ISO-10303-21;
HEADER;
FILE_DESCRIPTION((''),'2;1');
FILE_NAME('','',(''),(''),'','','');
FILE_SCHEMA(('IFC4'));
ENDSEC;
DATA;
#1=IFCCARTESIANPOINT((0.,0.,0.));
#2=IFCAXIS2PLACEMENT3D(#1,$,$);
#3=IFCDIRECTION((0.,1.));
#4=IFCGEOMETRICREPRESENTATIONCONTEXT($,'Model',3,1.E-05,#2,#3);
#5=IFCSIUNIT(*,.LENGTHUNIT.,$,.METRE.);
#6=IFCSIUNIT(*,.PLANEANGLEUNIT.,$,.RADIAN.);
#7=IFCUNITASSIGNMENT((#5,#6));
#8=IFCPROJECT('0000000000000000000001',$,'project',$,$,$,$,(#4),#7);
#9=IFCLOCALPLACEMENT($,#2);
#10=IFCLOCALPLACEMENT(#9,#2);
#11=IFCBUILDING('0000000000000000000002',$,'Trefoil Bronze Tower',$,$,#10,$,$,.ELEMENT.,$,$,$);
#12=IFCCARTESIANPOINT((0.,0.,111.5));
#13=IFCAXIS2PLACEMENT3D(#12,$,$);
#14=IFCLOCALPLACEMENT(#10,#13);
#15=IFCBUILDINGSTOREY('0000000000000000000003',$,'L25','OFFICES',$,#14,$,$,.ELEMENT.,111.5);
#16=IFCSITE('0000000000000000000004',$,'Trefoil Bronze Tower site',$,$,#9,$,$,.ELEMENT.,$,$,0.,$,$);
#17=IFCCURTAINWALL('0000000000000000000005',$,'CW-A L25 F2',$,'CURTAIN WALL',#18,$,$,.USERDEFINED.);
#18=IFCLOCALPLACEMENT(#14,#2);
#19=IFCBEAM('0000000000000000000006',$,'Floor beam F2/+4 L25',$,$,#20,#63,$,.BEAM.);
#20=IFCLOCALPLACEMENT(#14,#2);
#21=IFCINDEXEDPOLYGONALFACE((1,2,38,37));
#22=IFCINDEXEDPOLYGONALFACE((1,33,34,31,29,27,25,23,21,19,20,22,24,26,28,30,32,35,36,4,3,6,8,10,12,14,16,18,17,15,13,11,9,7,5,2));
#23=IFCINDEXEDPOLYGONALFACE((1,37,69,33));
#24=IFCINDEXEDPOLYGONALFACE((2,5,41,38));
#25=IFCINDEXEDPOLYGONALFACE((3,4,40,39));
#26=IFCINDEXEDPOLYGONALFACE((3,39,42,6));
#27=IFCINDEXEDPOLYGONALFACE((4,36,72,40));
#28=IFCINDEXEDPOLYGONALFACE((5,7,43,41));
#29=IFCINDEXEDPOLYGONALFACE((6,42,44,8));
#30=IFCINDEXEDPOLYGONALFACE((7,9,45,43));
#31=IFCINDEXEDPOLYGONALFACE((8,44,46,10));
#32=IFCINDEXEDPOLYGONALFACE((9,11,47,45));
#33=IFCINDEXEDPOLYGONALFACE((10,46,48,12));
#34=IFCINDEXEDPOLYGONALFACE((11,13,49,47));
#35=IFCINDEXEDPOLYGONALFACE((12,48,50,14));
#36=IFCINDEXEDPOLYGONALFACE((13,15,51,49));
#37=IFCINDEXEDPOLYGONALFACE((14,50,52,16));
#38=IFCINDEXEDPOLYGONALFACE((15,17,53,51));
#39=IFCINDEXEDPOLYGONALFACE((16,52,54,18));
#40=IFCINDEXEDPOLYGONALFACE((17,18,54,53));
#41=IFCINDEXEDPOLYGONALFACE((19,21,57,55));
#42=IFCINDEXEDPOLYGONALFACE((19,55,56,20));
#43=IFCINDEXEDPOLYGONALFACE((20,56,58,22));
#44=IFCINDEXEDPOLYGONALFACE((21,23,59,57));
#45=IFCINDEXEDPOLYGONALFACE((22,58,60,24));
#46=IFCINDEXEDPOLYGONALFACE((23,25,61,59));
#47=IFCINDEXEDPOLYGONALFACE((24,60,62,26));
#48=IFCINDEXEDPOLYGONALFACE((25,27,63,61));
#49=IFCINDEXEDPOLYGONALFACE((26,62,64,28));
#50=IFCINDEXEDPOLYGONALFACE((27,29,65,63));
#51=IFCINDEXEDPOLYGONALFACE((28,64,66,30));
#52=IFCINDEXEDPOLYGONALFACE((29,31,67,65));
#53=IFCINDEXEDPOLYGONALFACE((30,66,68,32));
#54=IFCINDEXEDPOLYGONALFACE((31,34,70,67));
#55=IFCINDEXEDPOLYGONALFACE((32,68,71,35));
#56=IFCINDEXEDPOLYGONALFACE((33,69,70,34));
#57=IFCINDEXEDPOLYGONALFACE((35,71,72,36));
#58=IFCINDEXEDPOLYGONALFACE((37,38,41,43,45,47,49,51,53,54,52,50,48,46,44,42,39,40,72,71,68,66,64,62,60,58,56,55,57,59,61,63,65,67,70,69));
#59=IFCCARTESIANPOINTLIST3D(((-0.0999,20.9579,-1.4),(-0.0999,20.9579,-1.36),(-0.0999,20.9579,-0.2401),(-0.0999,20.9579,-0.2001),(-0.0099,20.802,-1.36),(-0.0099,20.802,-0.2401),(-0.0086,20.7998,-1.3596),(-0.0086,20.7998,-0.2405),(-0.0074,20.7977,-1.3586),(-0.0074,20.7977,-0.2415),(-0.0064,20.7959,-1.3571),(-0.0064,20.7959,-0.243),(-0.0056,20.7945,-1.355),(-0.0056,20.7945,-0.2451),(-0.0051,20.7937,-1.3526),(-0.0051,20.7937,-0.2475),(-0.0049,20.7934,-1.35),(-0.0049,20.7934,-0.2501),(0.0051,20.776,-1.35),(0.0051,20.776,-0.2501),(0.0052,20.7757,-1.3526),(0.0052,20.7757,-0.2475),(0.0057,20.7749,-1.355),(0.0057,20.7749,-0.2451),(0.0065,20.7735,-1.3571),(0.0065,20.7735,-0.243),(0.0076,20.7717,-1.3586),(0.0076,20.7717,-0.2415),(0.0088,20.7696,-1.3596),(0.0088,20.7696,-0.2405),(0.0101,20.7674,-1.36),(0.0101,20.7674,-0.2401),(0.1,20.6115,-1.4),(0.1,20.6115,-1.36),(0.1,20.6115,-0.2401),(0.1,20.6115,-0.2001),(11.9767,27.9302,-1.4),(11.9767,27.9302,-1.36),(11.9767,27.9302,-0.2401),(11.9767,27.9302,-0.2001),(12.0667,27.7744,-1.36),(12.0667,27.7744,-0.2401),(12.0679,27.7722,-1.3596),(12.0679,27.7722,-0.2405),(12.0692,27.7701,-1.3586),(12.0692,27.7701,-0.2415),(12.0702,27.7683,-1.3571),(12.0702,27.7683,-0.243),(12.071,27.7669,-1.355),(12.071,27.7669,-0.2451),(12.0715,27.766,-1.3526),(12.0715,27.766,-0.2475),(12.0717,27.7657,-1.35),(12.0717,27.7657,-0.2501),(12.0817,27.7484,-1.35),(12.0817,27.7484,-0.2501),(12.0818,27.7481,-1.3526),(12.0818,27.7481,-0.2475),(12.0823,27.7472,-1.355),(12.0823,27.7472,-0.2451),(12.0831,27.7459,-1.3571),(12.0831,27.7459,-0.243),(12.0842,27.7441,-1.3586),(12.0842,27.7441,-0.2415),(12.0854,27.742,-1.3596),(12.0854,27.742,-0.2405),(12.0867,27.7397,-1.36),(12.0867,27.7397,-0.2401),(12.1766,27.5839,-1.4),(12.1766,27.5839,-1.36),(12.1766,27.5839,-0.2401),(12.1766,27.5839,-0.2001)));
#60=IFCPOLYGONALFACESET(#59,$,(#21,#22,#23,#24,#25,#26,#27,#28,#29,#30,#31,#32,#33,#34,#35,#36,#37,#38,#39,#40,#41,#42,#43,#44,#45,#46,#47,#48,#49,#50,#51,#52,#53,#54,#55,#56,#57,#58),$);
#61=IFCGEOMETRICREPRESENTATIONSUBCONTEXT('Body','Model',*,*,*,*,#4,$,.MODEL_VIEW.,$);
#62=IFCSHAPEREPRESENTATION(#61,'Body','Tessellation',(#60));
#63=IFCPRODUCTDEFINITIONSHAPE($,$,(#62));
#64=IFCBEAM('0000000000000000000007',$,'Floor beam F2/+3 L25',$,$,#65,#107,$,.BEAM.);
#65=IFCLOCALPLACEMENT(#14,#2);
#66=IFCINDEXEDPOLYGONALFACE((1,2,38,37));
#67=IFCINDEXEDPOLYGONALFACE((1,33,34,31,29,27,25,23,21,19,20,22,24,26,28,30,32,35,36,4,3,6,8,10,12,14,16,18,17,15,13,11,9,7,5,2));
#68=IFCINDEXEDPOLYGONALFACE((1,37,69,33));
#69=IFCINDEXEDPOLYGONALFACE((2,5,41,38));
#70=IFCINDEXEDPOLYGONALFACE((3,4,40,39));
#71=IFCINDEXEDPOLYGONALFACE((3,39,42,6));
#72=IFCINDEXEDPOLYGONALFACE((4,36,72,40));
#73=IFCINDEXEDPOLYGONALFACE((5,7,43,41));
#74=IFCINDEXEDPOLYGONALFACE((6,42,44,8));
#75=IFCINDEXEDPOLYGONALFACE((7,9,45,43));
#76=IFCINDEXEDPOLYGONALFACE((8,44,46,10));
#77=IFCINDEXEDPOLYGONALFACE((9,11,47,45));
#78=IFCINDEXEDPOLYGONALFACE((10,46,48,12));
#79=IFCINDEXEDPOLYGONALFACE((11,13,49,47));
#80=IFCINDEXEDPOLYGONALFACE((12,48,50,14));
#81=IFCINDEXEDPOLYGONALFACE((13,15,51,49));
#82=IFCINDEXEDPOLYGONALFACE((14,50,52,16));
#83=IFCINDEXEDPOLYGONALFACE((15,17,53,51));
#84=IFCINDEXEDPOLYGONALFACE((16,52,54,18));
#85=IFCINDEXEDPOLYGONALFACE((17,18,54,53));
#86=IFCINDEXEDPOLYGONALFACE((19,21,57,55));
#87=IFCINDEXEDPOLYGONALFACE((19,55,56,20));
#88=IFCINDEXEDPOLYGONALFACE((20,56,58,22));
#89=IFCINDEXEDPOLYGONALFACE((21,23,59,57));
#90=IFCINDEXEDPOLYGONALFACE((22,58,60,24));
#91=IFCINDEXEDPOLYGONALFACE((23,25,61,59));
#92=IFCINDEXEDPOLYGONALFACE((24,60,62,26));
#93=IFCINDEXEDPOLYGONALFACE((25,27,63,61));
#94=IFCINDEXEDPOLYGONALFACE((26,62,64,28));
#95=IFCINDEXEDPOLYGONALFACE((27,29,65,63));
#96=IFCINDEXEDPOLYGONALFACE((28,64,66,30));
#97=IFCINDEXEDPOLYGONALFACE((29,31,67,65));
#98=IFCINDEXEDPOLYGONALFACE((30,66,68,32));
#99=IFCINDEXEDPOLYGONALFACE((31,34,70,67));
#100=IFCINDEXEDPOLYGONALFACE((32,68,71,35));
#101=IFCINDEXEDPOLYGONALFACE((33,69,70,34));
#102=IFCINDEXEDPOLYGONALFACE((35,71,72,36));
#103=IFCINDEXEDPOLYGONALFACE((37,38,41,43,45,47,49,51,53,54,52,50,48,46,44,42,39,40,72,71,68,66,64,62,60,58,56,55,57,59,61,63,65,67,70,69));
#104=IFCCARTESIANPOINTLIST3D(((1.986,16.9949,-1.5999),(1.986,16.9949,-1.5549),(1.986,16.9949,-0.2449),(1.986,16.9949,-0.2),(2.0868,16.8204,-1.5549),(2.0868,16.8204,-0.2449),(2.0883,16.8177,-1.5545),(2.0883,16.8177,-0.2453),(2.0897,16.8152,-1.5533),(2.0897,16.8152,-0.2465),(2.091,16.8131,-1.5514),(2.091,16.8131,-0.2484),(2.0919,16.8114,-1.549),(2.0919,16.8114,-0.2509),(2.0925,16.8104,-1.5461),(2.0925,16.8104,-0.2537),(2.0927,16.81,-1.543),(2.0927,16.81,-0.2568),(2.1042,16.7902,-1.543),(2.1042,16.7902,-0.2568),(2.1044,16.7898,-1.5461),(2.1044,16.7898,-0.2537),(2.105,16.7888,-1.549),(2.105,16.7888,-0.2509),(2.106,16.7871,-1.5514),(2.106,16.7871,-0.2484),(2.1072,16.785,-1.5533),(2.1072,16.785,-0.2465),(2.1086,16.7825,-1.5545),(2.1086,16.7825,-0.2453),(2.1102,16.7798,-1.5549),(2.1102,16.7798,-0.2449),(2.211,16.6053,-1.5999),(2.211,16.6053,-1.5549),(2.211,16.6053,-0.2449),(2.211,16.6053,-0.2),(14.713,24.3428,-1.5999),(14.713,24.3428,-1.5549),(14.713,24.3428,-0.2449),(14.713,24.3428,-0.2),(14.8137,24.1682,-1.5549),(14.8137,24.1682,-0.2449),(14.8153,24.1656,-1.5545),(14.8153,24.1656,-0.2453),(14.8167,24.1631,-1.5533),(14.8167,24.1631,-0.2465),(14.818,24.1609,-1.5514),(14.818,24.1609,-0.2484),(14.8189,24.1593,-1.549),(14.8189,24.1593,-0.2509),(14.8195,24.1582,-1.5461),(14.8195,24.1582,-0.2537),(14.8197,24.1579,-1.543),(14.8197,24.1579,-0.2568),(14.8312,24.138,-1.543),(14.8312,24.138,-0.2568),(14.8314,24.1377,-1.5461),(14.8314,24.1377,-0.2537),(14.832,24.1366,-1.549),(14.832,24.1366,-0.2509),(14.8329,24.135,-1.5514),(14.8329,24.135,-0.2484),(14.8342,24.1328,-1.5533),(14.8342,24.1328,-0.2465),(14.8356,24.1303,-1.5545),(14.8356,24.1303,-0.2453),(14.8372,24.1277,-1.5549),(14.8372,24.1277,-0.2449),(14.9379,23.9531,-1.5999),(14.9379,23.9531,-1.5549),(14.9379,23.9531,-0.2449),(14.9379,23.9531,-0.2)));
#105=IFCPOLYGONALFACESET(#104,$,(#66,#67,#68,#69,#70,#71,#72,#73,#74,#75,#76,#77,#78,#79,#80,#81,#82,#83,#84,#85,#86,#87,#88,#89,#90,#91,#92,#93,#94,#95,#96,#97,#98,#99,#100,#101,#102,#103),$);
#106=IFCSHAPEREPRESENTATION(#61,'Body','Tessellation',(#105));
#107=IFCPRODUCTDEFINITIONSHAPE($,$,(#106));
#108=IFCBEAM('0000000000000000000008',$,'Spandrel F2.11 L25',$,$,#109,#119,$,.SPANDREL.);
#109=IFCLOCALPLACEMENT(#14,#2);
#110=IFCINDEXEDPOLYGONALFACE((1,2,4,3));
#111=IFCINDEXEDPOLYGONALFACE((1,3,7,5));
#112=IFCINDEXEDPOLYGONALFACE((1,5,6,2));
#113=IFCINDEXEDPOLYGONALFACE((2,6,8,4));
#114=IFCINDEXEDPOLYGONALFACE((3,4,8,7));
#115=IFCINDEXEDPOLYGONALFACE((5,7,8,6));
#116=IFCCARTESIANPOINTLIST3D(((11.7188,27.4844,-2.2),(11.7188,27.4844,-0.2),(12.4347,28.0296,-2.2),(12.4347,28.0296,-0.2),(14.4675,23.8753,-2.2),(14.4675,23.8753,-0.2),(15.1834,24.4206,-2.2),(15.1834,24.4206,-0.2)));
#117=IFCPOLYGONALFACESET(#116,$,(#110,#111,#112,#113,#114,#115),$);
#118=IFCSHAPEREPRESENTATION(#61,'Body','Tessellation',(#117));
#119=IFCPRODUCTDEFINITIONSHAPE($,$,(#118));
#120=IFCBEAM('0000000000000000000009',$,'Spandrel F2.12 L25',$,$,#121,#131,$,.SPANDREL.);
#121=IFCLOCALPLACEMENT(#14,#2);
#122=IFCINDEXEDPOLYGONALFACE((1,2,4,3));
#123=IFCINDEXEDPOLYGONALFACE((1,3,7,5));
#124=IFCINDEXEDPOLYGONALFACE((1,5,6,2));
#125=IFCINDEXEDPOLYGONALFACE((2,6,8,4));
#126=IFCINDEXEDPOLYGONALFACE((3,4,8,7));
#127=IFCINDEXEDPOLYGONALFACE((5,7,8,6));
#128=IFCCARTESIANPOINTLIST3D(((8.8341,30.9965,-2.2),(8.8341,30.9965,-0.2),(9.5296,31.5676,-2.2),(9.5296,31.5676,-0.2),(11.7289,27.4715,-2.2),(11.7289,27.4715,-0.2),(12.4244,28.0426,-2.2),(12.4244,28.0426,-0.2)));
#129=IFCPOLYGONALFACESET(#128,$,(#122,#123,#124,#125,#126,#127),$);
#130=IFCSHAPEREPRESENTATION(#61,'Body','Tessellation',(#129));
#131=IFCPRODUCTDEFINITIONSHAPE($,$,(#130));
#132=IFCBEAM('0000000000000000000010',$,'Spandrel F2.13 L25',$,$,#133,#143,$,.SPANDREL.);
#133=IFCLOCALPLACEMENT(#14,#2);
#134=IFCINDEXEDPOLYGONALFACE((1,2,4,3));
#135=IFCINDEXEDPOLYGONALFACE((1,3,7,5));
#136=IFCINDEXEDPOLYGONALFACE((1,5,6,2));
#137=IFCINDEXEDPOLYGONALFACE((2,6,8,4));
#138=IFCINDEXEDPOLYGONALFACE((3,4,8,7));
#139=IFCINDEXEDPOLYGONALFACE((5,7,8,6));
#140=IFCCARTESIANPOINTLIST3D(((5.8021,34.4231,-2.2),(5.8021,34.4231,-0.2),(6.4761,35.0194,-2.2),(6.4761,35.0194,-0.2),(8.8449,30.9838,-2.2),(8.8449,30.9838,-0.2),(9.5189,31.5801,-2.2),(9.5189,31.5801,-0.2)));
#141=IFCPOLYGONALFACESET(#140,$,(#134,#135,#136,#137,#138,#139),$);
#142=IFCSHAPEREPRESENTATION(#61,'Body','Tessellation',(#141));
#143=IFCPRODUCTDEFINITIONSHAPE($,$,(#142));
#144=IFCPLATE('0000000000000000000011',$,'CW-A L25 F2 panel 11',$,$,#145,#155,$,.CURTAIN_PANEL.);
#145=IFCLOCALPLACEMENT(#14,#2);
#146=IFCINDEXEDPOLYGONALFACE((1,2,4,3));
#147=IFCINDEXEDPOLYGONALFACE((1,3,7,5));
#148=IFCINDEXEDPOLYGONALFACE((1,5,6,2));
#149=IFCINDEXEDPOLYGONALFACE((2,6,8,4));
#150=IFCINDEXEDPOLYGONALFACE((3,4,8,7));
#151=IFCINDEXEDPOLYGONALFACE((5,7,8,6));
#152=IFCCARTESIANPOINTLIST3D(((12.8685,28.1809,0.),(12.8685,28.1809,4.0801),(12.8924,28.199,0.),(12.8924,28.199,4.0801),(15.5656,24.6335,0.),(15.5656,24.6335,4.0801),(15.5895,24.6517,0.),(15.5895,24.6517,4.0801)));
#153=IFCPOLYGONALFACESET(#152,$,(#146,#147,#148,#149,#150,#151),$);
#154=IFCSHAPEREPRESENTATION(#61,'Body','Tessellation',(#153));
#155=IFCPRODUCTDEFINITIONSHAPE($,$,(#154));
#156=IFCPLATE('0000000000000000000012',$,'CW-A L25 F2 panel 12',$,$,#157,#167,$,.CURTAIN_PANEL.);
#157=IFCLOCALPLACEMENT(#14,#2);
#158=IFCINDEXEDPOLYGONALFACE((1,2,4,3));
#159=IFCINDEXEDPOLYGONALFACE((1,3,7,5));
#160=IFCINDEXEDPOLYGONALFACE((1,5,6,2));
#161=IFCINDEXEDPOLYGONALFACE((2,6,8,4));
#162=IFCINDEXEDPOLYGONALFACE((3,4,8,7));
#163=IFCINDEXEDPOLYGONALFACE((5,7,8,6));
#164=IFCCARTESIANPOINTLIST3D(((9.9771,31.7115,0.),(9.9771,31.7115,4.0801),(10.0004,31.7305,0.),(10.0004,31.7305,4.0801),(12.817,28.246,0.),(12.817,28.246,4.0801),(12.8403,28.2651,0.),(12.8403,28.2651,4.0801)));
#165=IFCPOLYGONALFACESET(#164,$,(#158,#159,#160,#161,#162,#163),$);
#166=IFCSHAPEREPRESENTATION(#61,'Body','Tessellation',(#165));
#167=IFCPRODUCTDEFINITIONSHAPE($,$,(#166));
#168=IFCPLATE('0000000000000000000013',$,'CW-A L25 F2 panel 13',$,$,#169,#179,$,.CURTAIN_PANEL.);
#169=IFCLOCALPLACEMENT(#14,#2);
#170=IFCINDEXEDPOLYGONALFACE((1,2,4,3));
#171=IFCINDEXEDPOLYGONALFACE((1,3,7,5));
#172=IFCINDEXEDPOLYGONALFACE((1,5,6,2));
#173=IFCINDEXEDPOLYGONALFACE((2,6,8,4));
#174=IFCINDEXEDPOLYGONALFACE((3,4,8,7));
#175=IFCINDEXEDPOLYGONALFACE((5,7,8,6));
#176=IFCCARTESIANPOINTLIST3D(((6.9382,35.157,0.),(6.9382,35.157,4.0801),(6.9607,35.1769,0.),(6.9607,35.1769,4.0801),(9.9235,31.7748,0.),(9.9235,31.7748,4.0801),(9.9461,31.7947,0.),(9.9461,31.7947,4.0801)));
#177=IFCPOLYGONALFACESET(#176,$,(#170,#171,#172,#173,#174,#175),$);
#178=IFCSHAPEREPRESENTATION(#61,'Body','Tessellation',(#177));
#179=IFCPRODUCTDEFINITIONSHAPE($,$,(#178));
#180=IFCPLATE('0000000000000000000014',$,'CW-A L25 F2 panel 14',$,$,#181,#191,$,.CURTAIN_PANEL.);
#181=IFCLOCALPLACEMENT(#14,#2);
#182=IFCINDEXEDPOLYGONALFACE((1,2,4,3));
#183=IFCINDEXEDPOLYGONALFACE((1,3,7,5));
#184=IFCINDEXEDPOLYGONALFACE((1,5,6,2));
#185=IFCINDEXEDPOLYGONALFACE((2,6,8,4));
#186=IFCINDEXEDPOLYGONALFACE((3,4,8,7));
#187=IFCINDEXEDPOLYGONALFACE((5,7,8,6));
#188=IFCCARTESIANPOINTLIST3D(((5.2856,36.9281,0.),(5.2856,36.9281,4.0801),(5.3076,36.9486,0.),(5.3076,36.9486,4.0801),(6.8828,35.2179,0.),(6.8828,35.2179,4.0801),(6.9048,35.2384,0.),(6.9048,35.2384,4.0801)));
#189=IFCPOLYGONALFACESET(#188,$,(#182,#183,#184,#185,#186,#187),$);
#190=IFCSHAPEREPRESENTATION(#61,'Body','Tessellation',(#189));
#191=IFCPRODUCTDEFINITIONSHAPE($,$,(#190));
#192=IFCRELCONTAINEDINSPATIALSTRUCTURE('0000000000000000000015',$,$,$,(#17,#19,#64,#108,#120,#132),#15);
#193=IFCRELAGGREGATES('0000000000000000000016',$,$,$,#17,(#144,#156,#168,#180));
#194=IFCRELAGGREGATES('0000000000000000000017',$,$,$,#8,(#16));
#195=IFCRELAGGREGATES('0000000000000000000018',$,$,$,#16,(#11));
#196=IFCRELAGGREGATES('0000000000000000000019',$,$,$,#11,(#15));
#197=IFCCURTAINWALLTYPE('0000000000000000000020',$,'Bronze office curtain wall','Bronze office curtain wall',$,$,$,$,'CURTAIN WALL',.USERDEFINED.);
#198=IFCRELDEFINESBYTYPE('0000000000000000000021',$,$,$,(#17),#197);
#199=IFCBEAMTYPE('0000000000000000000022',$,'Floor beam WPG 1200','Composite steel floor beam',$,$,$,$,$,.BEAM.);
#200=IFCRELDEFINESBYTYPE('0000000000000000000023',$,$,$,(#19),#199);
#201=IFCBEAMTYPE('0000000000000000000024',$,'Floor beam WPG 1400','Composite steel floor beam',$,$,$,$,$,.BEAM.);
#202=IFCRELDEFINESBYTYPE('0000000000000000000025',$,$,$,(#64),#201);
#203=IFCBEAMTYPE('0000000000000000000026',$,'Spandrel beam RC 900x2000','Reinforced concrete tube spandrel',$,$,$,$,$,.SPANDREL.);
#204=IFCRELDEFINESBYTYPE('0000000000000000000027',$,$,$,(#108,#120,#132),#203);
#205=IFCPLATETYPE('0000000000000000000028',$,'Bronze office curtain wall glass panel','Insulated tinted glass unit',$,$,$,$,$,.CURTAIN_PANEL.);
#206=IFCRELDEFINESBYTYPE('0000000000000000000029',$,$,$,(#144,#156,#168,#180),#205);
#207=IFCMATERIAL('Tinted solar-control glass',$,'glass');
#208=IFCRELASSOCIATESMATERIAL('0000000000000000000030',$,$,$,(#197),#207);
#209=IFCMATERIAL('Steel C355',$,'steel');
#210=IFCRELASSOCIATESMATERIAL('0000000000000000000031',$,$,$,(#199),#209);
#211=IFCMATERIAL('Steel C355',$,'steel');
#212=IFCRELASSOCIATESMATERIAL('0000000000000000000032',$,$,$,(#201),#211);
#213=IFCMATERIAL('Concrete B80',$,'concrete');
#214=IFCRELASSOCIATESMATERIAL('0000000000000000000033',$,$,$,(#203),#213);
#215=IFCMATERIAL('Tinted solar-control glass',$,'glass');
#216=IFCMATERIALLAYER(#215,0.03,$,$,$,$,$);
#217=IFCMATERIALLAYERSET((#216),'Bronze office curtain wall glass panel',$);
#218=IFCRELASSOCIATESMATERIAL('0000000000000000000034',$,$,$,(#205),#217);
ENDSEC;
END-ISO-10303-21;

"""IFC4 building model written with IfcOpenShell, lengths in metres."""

from ifc_helpers import new_model, si_unit, direction, frame, origin, origin_2d, place, context, subcontext, project, spatial, rectangle, i_section, extrude, material, layer, layer_set, material_profile, profile_set, type_object, element, aggregate, save


model = new_model("IFC4")

# Units and contexts
model_context = context("Model", 3, precision=1e-05, world=origin(), true_north=direction((0.0, 1.0)))
body_context = subcontext(model_context, "Body", "Model", "MODEL_VIEW")
ifc_project = project(units=[si_unit("LENGTHUNIT", "METRE"), si_unit("PLANEANGLEUNIT", "RADIAN")], contexts=[model_context])

# Site, building, storey
site_placement = place(None, origin())
site = spatial("IfcSite", under=ifc_project, at=site_placement, Name="Trefoil Bronze Tower site", CompositionType="ELEMENT", RefElevation=0.0)
building_placement = place(site_placement, origin())
building = spatial("IfcBuilding", under=site, at=building_placement, Name="Trefoil Bronze Tower", CompositionType="ELEMENT")
storey_placement = place(building_placement, frame((0.0, 0.0, 111.5)))
storey = spatial("IfcBuildingStorey", under=building, at=storey_placement, Name="L25", Description="OFFICES", CompositionType="ELEMENT", Elevation=111.5)

# Curtain wall
ifc_material_1 = material(Name="Tinted solar-control glass", Category="glass")
curtain_wall_type_1 = type_object("IfcCurtainWallType", Name="Bronze office curtain wall", Description="Bronze office curtain wall", ElementType="CURTAIN WALL", PredefinedType="USERDEFINED", material=ifc_material_1)
curtain_wall_1_placement = place(storey_placement, origin())
curtain_wall_1 = element("IfcCurtainWall", 1, at=curtain_wall_1_placement, inside=storey, type_object=curtain_wall_type_1, Name="CW-A L25 F2", ObjectType="CURTAIN WALL", PredefinedType="USERDEFINED")

# Beams
ifc_material_2 = material(Name="Steel C355", Category="steel")
ifc_material_profile_1 = material_profile(ifc_material_2, i_section(OverallWidth=0.3999, OverallDepth=1.2, WebThickness=0.02, FlangeThickness=0.04, FilletRadius=0.01, at=origin_2d()), Name="WPG 1200")
ifc_profile_set_1 = profile_set([ifc_material_profile_1], Name="Steel C355")
beam_type_1 = type_object("IfcBeamType", Name="Floor beam WPG 1200", Description="Composite steel floor beam", PredefinedType="BEAM", material=ifc_profile_set_1)
beam_1_placement = place(storey_placement, frame((12.0767, 27.7571, -0.8), z_axis=(-0.866027, -0.499997, 0.0), x_axis=(0.499997, -0.866027, 0.0)))
element("IfcBeam", 2, at=beam_1_placement, inside=storey, type_object=beam_type_1, Name="Floor beam F2/+4 L25", PredefinedType="BEAM", context=body_context, shape_type="SweptSolid", body=[
    extrude(i_section(OverallWidth=0.3999, OverallDepth=1.2, WebThickness=0.02, FlangeThickness=0.04, FilletRadius=0.01, at=origin_2d()), origin(), (0.0, 0.0, 1.0), 13.9448),
])
ifc_material_3 = material(Name="Steel C355", Category="steel")
ifc_material_profile_2 = material_profile(ifc_material_3, i_section(OverallWidth=0.45, OverallDepth=1.3999, WebThickness=0.0229, FlangeThickness=0.0449, FilletRadius=0.012, at=origin_2d()), Name="WPG 1400")
ifc_profile_set_2 = profile_set([ifc_material_profile_2], Name="Steel C355")
beam_type_2 = type_object("IfcBeamType", Name="Floor beam WPG 1400", Description="Composite steel floor beam", PredefinedType="BEAM", material=ifc_profile_set_2)
beam_2_placement = place(storey_placement, frame((14.8254, 24.1479, -0.8999), z_axis=(-0.866027, -0.499997, 0.0), x_axis=(0.499997, -0.866027, 0.0)))
element("IfcBeam", 3, at=beam_2_placement, inside=storey, type_object=beam_type_2, Name="Floor beam F2/+3 L25", PredefinedType="BEAM", context=body_context, shape_type="SweptSolid", body=[
    extrude(i_section(OverallWidth=0.45, OverallDepth=1.3999, WebThickness=0.0229, FlangeThickness=0.0449, FilletRadius=0.012, at=origin_2d()), origin(), (0.0, 0.0, 1.0), 14.6958),
])
ifc_material_4 = material(Name="Concrete B80", Category="concrete")
ifc_material_profile_3 = material_profile(ifc_material_4, rectangle(XDim=0.8999, YDim=2.0, at=origin_2d()), Name="RC 900x2000")
ifc_profile_set_3 = profile_set([ifc_material_profile_3], Name="Concrete B80")
beam_type_3 = type_object("IfcBeamType", Name="Spandrel beam RC 900x2000", Description="Reinforced concrete tube spandrel", PredefinedType="SPANDREL", material=ifc_profile_set_3)
beam_3_placement = place(storey_placement, frame((14.8254, 24.1479, -1.2), z_axis=(-0.605899, 0.795542, 0.0), x_axis=(-0.795542, -0.605899, 0.0)))
element("IfcBeam", 4, at=beam_3_placement, inside=storey, type_object=beam_type_3, Name="Spandrel F2.11 L25", PredefinedType="SPANDREL", context=body_context, shape_type="SweptSolid", body=[
    extrude(rectangle(XDim=0.8999, YDim=2.0, at=origin_2d()), origin(), (0.0, 0.0, 1.0), 4.5366),
])
beam_4_placement = place(storey_placement, frame((12.0767, 27.7571, -1.2), z_axis=(-0.63465, 0.772799, 0.0), x_axis=(-0.772799, -0.63465, 0.0)))
element("IfcBeam", 5, at=beam_4_placement, inside=storey, type_object=beam_type_3, Name="Spandrel F2.12 L25", PredefinedType="SPANDREL", context=body_context, shape_type="SweptSolid", body=[
    extrude(rectangle(XDim=0.8999, YDim=2.0, at=origin_2d()), origin(), (0.0, 0.0, 1.0), 4.5613),
])
beam_5_placement = place(storey_placement, frame((9.1819, 31.282, -1.2), z_axis=(-0.662616, 0.748959, 0.0), x_axis=(-0.748959, -0.662616, 0.0)))
element("IfcBeam", 6, at=beam_5_placement, inside=storey, type_object=beam_type_3, Name="Spandrel F2.13 L25", PredefinedType="SPANDREL", context=body_context, shape_type="SweptSolid", body=[
    extrude(rectangle(XDim=0.8999, YDim=2.0, at=origin_2d()), origin(), (0.0, 0.0, 1.0), 4.592),
])

# Plates
ifc_material_5 = material(Name="Tinted solar-control glass", Category="glass")
ifc_layer_1 = layer(ifc_material_5, 0.03)
ifc_layer_set_1 = layer_set([ifc_layer_1], Name="Bronze office curtain wall glass panel")
plate_type_1 = type_object("IfcPlateType", Name="Bronze office curtain wall glass panel", Description="Insulated tinted glass unit", PredefinedType="CURTAIN_PANEL", material=ifc_layer_set_1)
plate_1_placement = place(storey_placement, frame((14.229, 26.4163, 0.0), z_axis=(0.0, 0.0, 1.0), x_axis=(-0.605252, 0.796034, 0.0)))
plate_1 = element("IfcPlate", 7, at=plate_1_placement, type_object=plate_type_1, Name="CW-A L25 F2 panel 11", PredefinedType="CURTAIN_PANEL", context=body_context, shape_type="SweptSolid", body=[
    extrude(rectangle(XDim=4.4563, YDim=0.03, at=origin_2d()), origin(), (0.0, 0.0, 1.0), 4.0801),
])
plate_2_placement = place(storey_placement, frame((11.4087, 29.9883, 0.0), z_axis=(0.0, 0.0, 1.0), x_axis=(-0.63384, 0.773464, 0.0)))
plate_2 = element("IfcPlate", 8, at=plate_2_placement, type_object=plate_type_1, Name="CW-A L25 F2 panel 12", PredefinedType="CURTAIN_PANEL", context=body_context, shape_type="SweptSolid", body=[
    extrude(rectangle(XDim=4.4805, YDim=0.03, at=origin_2d()), origin(), (0.0, 0.0, 1.0), 4.0801),
])
plate_3_placement = place(storey_placement, frame((8.4421, 33.4758, 0.0), z_axis=(0.0, 0.0, 1.0), x_axis=(-0.661751, 0.749723, 0.0)))
plate_3 = element("IfcPlate", 9, at=plate_3_placement, type_object=plate_type_1, Name="CW-A L25 F2 panel 13", PredefinedType="CURTAIN_PANEL", context=body_context, shape_type="SweptSolid", body=[
    extrude(rectangle(XDim=4.5112, YDim=0.03, at=origin_2d()), origin(), (0.0, 0.0, 1.0), 4.0801),
])
plate_4_placement = place(storey_placement, frame((6.0952, 36.0833, 0.0), z_axis=(0.0, 0.0, 1.0), x_axis=(-0.682536, 0.730852, 0.0)))
plate_4 = element("IfcPlate", 10, at=plate_4_placement, type_object=plate_type_1, Name="CW-A L25 F2 panel 14", PredefinedType="CURTAIN_PANEL", context=body_context, shape_type="SweptSolid", body=[
    extrude(rectangle(XDim=2.3401, YDim=0.03, at=origin_2d()), origin(), (0.0, 0.0, 1.0), 4.0801),
])
aggregate(curtain_wall_1, [plate_1, plate_2, plate_3, plate_4])

save(model, "model.ifc")
